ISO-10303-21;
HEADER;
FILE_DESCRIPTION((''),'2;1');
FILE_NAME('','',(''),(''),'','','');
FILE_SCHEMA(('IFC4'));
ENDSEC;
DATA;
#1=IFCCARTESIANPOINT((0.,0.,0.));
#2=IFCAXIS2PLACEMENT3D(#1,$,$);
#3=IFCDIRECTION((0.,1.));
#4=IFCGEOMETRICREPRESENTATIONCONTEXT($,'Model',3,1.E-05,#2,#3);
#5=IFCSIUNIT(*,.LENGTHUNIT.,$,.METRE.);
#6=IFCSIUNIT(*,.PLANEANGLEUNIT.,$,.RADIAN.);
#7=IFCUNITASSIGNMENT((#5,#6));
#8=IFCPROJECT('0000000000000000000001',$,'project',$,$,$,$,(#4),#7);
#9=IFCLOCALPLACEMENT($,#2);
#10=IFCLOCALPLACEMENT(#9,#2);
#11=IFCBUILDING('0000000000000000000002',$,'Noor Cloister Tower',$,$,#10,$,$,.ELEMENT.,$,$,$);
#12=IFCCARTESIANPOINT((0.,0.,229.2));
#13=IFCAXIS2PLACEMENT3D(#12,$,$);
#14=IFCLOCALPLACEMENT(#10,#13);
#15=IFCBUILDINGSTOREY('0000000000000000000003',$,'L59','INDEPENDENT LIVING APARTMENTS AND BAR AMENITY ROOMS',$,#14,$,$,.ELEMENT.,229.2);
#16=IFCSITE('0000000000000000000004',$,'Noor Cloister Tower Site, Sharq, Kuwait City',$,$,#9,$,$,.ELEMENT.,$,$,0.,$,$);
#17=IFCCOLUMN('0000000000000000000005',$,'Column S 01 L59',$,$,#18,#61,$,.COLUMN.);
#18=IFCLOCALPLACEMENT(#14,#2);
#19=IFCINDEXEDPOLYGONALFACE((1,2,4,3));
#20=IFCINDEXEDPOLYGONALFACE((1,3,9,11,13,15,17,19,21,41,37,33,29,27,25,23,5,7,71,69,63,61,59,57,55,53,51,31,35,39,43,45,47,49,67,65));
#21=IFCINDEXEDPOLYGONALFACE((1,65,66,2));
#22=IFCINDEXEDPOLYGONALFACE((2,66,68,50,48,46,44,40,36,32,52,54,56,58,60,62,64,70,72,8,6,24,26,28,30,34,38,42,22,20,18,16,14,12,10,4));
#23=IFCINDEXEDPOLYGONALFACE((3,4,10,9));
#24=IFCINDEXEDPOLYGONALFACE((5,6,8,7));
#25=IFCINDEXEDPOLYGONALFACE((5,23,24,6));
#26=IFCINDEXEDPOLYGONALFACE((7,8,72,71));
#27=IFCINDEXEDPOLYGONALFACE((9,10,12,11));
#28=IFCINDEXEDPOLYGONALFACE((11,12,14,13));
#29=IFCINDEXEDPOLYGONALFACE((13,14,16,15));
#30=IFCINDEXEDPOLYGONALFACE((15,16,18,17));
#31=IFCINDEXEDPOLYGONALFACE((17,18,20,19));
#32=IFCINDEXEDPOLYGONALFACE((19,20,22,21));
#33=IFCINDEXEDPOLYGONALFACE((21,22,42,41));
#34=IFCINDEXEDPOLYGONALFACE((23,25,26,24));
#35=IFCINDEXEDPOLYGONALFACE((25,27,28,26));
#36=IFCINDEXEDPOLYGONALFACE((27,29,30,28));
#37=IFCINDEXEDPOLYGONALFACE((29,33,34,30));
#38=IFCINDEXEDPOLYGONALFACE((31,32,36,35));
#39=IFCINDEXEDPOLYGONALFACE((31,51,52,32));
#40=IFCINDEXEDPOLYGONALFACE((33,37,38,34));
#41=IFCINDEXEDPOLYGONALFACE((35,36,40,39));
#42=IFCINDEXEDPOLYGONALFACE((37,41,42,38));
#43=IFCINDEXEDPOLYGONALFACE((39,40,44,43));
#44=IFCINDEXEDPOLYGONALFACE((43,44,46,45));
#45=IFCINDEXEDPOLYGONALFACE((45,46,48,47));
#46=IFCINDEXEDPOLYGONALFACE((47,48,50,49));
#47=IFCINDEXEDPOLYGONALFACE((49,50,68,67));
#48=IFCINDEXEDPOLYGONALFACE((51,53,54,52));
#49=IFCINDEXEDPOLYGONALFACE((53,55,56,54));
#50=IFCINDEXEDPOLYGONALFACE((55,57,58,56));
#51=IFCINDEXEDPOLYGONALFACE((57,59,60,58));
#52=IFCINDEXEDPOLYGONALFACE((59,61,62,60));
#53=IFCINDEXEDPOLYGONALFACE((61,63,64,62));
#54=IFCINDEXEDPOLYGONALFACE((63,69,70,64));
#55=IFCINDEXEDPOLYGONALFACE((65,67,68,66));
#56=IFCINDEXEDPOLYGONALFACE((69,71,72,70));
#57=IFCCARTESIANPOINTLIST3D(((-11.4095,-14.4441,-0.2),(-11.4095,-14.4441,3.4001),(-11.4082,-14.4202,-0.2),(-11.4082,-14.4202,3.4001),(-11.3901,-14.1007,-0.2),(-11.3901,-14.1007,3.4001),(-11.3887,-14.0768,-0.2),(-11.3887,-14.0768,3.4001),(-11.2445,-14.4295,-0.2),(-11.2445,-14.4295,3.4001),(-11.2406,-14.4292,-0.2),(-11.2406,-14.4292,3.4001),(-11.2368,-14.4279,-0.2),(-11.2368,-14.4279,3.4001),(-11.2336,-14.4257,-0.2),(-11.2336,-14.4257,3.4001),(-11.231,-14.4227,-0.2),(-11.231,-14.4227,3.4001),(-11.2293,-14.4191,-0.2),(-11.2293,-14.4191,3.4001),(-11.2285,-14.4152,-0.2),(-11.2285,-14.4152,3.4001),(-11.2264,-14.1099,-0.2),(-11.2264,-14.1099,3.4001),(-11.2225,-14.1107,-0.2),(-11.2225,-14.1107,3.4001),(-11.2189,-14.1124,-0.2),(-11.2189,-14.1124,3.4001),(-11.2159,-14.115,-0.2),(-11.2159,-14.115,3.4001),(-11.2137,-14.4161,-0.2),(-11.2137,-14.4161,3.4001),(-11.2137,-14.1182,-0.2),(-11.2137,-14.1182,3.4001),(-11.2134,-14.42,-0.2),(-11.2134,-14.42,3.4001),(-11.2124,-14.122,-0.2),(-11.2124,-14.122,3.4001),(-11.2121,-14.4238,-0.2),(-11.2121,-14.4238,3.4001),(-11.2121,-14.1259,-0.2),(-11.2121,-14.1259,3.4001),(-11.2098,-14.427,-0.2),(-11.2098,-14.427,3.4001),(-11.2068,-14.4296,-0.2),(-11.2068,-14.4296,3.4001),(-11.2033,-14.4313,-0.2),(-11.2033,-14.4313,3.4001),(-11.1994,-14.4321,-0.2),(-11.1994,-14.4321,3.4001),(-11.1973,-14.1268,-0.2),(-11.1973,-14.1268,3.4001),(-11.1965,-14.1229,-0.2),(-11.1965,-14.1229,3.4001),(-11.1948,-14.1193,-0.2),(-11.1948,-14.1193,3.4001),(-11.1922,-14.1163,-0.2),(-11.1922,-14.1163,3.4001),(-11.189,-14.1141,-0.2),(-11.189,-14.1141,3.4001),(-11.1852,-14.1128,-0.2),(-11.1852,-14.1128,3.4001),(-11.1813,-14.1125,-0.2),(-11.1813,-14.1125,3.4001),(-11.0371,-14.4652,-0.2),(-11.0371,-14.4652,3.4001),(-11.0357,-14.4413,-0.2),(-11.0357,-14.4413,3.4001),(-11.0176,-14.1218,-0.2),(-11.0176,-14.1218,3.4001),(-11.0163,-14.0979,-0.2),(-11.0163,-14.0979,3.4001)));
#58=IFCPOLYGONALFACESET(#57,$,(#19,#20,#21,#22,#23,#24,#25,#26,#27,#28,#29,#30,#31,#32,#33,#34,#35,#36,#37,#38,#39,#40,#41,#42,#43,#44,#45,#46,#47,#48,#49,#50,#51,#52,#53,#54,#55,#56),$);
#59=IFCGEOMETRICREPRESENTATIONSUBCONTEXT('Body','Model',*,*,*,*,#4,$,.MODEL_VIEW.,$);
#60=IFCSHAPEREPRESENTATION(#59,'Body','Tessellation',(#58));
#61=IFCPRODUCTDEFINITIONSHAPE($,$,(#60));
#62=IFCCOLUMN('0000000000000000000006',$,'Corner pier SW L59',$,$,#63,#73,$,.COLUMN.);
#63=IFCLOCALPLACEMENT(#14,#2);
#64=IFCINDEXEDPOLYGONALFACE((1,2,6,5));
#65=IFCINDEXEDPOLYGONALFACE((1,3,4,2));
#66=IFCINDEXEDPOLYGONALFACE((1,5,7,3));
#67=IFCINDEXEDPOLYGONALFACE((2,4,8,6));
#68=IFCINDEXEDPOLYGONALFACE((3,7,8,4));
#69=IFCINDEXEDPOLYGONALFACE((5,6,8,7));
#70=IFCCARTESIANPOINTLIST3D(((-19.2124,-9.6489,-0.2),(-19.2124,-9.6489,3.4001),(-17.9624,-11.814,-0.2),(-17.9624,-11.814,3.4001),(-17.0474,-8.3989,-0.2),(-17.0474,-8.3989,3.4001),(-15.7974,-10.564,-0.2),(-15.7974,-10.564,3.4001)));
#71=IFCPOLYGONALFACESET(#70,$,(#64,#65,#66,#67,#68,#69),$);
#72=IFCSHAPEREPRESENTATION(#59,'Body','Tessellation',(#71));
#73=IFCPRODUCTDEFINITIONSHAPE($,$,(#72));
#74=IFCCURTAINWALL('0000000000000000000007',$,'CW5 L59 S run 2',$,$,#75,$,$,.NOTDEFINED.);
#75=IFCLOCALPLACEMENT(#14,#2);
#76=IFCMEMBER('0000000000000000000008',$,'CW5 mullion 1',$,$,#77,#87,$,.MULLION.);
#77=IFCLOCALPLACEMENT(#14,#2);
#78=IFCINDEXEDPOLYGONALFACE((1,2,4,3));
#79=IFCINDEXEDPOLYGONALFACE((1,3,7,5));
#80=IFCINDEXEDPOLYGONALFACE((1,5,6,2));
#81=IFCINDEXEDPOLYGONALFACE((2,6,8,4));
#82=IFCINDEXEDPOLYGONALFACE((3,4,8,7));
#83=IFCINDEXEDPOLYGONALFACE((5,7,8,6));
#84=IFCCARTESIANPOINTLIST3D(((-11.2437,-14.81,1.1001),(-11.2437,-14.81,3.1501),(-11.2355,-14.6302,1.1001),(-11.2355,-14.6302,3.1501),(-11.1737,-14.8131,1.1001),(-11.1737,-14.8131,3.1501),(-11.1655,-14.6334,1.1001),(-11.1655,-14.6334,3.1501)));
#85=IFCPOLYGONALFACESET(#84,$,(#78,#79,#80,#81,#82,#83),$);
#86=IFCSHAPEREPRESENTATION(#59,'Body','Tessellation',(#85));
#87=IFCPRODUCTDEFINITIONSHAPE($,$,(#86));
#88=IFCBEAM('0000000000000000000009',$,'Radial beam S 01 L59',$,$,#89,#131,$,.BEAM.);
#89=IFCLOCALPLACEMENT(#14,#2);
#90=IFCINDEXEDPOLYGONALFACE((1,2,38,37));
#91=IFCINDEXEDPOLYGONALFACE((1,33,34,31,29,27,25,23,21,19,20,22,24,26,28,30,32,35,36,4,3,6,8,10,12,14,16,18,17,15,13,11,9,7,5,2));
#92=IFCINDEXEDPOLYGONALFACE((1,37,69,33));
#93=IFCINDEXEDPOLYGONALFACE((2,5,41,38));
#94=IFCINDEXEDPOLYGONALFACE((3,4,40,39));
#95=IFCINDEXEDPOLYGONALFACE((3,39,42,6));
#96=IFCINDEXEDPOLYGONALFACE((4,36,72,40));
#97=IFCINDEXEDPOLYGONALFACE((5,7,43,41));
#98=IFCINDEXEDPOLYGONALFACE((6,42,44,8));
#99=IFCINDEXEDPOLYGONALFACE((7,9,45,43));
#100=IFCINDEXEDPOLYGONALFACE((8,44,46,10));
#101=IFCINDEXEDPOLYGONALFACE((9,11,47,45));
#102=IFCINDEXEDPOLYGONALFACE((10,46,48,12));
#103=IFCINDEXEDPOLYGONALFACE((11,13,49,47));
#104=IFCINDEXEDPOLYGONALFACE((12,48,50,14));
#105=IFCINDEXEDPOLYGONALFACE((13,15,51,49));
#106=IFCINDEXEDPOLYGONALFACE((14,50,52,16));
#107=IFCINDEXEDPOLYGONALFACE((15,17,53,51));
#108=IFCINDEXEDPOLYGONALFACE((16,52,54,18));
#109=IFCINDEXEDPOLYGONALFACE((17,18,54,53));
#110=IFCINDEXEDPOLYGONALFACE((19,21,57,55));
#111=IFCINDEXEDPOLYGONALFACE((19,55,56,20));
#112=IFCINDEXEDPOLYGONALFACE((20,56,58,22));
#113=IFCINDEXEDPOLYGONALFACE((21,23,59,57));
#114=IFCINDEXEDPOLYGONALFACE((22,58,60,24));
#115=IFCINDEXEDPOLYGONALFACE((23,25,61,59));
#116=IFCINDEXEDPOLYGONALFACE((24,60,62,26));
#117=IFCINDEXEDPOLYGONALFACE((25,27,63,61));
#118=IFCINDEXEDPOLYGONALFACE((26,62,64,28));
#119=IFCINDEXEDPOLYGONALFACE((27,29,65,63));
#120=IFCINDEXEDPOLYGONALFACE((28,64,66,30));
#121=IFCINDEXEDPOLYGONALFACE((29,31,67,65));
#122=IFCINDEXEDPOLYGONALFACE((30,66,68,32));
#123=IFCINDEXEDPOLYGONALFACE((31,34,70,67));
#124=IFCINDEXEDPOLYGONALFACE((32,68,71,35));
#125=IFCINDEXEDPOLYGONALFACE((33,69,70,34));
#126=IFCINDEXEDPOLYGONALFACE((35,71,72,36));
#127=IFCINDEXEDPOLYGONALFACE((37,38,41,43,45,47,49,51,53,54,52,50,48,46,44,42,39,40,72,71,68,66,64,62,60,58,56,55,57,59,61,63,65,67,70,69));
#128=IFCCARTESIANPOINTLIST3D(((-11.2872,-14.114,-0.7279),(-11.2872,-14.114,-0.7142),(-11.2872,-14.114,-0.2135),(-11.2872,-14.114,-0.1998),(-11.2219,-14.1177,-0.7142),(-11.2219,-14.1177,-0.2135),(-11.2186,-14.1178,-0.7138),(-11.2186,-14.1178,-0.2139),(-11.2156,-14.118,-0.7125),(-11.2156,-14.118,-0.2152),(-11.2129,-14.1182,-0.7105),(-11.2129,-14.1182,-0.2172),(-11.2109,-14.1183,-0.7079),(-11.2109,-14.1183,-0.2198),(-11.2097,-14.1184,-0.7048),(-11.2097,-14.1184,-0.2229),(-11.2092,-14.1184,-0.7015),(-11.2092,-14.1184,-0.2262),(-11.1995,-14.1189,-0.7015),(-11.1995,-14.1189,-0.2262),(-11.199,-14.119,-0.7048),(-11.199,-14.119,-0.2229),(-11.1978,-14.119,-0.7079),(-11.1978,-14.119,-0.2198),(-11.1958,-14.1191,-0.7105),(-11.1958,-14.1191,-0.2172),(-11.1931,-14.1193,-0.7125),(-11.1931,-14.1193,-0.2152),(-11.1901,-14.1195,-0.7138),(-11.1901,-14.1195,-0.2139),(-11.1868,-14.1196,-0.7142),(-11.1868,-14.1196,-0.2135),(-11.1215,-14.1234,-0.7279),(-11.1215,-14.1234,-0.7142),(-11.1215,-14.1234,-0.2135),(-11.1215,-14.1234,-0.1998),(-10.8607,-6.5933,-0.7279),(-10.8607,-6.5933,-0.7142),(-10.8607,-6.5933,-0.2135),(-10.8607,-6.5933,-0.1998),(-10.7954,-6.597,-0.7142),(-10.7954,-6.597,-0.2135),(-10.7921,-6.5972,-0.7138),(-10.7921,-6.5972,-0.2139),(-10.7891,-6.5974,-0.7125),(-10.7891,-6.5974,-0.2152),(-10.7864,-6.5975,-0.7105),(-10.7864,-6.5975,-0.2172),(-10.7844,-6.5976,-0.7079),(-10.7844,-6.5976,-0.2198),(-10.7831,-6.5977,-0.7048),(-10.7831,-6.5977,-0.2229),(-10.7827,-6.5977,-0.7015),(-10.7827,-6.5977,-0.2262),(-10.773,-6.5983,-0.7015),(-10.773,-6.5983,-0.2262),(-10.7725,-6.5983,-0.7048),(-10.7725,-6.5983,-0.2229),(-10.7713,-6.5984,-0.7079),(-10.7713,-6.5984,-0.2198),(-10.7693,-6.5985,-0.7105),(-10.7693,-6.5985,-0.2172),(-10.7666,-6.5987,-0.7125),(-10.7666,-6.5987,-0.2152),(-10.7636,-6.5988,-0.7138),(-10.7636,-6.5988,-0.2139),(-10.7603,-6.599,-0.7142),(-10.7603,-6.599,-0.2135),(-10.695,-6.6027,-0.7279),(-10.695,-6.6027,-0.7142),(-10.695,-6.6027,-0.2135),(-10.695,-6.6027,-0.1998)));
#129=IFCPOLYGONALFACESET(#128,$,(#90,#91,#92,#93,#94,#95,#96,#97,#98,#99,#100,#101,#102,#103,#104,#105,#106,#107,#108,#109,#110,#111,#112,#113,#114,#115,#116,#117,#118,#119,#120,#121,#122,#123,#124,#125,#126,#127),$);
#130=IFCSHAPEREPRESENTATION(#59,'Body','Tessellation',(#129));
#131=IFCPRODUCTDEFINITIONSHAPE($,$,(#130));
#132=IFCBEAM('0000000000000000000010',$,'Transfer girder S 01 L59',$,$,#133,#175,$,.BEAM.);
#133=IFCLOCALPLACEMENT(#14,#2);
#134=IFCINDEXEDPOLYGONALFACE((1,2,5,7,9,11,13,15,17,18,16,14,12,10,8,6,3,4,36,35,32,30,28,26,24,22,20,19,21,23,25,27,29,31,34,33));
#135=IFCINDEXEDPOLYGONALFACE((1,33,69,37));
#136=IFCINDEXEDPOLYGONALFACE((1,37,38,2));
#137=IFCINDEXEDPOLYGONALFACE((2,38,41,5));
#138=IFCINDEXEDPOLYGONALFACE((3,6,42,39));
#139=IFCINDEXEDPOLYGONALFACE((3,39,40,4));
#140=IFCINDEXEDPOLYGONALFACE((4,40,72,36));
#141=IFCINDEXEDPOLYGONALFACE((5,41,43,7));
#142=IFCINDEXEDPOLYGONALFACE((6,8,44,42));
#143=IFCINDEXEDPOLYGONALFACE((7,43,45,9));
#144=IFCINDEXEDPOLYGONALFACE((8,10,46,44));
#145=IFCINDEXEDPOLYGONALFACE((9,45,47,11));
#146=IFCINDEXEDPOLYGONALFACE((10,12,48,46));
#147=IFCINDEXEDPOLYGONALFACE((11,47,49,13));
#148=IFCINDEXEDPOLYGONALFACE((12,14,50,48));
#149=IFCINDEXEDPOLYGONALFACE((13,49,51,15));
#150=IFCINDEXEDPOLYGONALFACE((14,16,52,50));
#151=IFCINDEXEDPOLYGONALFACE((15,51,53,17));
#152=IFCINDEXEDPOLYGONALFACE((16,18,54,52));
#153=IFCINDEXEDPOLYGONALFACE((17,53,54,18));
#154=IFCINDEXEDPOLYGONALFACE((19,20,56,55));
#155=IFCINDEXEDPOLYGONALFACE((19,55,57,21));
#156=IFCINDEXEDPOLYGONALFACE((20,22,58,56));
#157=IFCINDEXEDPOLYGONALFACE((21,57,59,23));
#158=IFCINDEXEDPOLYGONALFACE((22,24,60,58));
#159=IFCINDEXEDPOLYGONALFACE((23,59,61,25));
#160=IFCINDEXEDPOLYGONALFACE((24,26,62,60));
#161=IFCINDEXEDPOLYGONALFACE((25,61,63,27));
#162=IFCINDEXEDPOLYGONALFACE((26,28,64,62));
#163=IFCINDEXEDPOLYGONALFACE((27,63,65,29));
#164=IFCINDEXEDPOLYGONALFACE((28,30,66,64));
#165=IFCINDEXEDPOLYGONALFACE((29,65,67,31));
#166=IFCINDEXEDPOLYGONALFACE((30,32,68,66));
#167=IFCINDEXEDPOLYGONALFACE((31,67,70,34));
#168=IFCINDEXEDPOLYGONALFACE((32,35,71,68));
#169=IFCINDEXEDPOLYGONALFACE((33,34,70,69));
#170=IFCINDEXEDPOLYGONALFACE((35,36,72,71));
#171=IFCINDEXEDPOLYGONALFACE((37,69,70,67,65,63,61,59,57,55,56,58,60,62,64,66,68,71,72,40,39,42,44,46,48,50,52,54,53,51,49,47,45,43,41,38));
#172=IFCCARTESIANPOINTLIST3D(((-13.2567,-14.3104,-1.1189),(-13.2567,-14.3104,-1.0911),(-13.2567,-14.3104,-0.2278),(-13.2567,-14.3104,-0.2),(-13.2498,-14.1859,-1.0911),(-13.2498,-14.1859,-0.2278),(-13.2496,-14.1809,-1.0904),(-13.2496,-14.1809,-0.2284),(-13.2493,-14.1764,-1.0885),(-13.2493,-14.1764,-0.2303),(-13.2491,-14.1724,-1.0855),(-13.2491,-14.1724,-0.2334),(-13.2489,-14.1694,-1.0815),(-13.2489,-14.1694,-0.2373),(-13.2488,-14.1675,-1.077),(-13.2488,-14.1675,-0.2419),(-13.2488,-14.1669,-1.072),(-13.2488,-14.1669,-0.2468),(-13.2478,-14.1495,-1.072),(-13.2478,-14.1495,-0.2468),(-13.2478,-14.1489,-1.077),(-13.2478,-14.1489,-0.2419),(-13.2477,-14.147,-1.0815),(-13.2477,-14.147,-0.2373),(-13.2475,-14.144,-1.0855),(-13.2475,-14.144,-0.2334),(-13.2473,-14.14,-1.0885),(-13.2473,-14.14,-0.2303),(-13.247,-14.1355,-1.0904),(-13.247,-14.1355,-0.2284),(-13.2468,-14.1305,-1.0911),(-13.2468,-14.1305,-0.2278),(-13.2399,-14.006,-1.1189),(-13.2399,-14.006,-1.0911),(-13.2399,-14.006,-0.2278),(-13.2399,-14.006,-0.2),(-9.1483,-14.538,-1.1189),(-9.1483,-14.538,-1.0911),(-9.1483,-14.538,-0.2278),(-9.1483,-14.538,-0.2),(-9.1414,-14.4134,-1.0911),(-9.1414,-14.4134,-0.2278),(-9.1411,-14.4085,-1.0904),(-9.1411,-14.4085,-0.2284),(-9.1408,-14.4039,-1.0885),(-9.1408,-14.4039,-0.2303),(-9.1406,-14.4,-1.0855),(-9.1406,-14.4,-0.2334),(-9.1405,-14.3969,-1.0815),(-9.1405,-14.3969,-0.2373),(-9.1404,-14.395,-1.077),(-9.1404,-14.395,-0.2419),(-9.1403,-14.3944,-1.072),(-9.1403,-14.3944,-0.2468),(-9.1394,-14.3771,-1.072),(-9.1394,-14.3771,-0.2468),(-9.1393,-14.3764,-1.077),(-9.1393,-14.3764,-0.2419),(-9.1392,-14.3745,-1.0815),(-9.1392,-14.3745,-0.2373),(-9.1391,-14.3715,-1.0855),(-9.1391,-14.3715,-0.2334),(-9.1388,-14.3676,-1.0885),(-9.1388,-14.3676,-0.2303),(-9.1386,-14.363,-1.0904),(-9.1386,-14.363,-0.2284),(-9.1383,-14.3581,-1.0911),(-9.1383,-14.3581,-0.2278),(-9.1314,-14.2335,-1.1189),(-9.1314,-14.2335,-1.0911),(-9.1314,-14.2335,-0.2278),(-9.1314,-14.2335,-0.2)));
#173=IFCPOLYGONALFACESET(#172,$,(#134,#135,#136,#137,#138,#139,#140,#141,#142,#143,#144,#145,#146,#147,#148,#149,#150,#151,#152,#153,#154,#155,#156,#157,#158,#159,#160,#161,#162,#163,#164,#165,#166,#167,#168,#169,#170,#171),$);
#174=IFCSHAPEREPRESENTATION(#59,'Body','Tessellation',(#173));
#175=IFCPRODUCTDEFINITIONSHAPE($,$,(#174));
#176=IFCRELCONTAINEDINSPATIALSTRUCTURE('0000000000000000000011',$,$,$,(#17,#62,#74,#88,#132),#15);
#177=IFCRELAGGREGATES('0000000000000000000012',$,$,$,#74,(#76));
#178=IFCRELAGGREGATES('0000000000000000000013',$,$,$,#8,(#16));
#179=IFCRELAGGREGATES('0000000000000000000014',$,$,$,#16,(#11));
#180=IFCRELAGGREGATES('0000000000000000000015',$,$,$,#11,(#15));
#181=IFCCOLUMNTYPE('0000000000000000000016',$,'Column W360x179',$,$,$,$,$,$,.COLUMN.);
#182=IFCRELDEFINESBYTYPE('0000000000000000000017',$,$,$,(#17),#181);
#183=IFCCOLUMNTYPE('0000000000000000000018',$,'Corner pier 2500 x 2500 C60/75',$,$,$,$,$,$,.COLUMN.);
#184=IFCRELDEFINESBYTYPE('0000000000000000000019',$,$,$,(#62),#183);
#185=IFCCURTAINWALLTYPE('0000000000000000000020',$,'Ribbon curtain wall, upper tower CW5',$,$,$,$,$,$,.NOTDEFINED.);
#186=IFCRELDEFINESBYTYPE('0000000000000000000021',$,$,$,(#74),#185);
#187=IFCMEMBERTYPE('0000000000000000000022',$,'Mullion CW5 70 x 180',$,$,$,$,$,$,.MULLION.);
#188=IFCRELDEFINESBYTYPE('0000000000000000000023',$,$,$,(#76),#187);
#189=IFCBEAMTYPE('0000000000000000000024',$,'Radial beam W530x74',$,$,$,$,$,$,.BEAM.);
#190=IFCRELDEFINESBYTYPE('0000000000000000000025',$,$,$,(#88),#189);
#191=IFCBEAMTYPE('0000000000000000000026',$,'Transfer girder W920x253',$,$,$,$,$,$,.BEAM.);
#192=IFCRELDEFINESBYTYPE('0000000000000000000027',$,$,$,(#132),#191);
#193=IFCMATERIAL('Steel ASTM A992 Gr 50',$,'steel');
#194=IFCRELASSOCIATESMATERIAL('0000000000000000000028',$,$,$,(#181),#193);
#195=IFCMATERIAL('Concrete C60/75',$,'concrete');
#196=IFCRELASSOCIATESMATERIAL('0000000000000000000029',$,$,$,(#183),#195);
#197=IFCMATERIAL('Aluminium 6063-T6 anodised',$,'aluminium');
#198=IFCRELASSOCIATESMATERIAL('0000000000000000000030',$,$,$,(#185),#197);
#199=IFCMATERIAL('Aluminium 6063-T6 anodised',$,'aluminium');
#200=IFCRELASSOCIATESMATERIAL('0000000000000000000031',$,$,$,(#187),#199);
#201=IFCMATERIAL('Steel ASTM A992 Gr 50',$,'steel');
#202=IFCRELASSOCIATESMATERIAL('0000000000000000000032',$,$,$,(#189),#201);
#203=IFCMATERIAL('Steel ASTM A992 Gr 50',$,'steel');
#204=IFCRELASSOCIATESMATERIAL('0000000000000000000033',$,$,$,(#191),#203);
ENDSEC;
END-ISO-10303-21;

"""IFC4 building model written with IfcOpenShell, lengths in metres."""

from ifc_helpers import new_model, si_unit, direction, frame, origin, origin_2d, place, context, subcontext, project, spatial, rectangle, i_section, extrude, material, material_profile, profile_set, type_object, element, aggregate, save


model = new_model("IFC4")

# Units and contexts
model_context = context("Model", 3, precision=1e-05, world=origin(), true_north=direction((0.0, 1.0)))
body_context = subcontext(model_context, "Body", "Model", "MODEL_VIEW")
ifc_project = project(units=[si_unit("LENGTHUNIT", "METRE"), si_unit("PLANEANGLEUNIT", "RADIAN")], contexts=[model_context])

# Site, building, storey
site_placement = place(None, origin())
site = spatial("IfcSite", under=ifc_project, at=site_placement, Name="Noor Cloister Tower Site, Sharq, Kuwait City", CompositionType="ELEMENT", RefElevation=0.0)
building_placement = place(site_placement, origin())
building = spatial("IfcBuilding", under=site, at=building_placement, Name="Noor Cloister Tower", CompositionType="ELEMENT")
storey_placement = place(building_placement, frame((0.0, 0.0, 229.2)))
storey = spatial("IfcBuildingStorey", under=building, at=storey_placement, Name="L59", Description="INDEPENDENT LIVING APARTMENTS AND BAR AMENITY ROOMS", CompositionType="ELEMENT", Elevation=229.2)

# Columns
ifc_material_1 = material(Name="Steel ASTM A992 Gr 50", Category="steel")
ifc_material_profile_1 = material_profile(ifc_material_1, i_section(OverallWidth=0.373, OverallDepth=0.3679, WebThickness=0.0149, FlangeThickness=0.0239, FilletRadius=0.0151, at=origin_2d()), Name="W360x179")
ifc_profile_set_1 = profile_set([ifc_material_profile_1], Name="Steel ASTM A992 Gr 50")
column_type_1 = type_object("IfcColumnType", Name="Column W360x179", PredefinedType="COLUMN", material=ifc_profile_set_1)
column_1_placement = place(storey_placement, frame((-11.2129, -14.271, -0.2), z_axis=(0.0, 0.0, 1.0), x_axis=(0.998397, -0.056596, 0.0)))
element("IfcColumn", 1, at=column_1_placement, inside=storey, type_object=column_type_1, Name="Column S 01 L59", PredefinedType="COLUMN", context=body_context, shape_type="SweptSolid", body=[
    extrude(i_section(OverallWidth=0.373, OverallDepth=0.3679, WebThickness=0.0149, FlangeThickness=0.0239, FilletRadius=0.0151, at=origin_2d()), origin(), (0.0, 0.0, 1.0), 3.6001),
])
ifc_material_2 = material(Name="Concrete C60/75", Category="concrete")
ifc_material_profile_2 = material_profile(ifc_material_2, rectangle(XDim=2.5, YDim=2.5, at=origin_2d()), Name="RC 2500x2500")
ifc_profile_set_2 = profile_set([ifc_material_profile_2], Name="Concrete C60/75")
column_type_2 = type_object("IfcColumnType", Name="Corner pier 2500 x 2500 C60/75", PredefinedType="COLUMN", material=ifc_profile_set_2)
column_2_placement = place(storey_placement, frame((-17.5049, -10.1064, -0.2), z_axis=(0.0, 0.0, 1.0), x_axis=(-0.866025, -0.5, 0.0)))
element("IfcColumn", 2, at=column_2_placement, inside=storey, type_object=column_type_2, Name="Corner pier SW L59", PredefinedType="COLUMN", context=body_context, shape_type="SweptSolid", body=[
    extrude(rectangle(XDim=2.5, YDim=2.5, at=origin_2d()), origin(), (0.0, 0.0, 1.0), 3.6001),
])

# Curtain wall, member
ifc_material_3 = material(Name="Aluminium 6063-T6 anodised", Category="aluminium")
curtain_wall_type = type_object("IfcCurtainWallType", Name="Ribbon curtain wall, upper tower CW5", PredefinedType="NOTDEFINED", material=ifc_material_3)
curtain_wall_placement = place(storey_placement, origin())
curtain_wall = element("IfcCurtainWall", 3, at=curtain_wall_placement, inside=storey, type_object=curtain_wall_type, Name="CW5 L59 S run 2", PredefinedType="NOTDEFINED")
ifc_material_4 = material(Name="Aluminium 6063-T6 anodised", Category="aluminium")
ifc_material_profile_3 = material_profile(ifc_material_4, rectangle(XDim=0.1799, YDim=0.0701, at=origin_2d()), Name="180 x 70 mullion")
ifc_profile_set_3 = profile_set([ifc_material_profile_3], Name="Aluminium 6063-T6 anodised")
member_type = type_object("IfcMemberType", Name="Mullion CW5 70 x 180", PredefinedType="MULLION", material=ifc_profile_set_3)
member_placement = place(storey_placement, frame((-11.2046, -14.7217, 1.1001), z_axis=(0.0, 0.0, 1.0), x_axis=(0.045286, 0.998974, 0.0)))
member = element("IfcMember", 4, at=member_placement, type_object=member_type, Name="CW5 mullion 1", PredefinedType="MULLION", context=body_context, shape_type="SweptSolid", body=[
    extrude(rectangle(XDim=0.1799, YDim=0.0701, at=origin_2d()), origin(), (0.0, 0.0, 1.0), 2.05),
])

# Beams
ifc_material_5 = material(Name="Steel ASTM A992 Gr 50", Category="steel")
ifc_material_profile_4 = material_profile(ifc_material_5, i_section(OverallWidth=0.166, OverallDepth=0.5281, WebThickness=0.0098, FlangeThickness=0.0137, FilletRadius=0.0127, at=origin_2d()), Name="W530x74")
ifc_profile_set_4 = profile_set([ifc_material_profile_4], Name="Steel ASTM A992 Gr 50")
beam_type_1 = type_object("IfcBeamType", Name="Radial beam W530x74", PredefinedType="BEAM", material=ifc_profile_set_4)
beam_1_placement = place(storey_placement, frame((-11.2043, -14.1187, -0.4639), z_axis=(0.056621, 0.998396, 0.0), x_axis=(-0.998396, 0.056621, 0.0)))
element("IfcBeam", 5, at=beam_1_placement, inside=storey, type_object=beam_type_1, Name="Radial beam S 01 L59", PredefinedType="BEAM", context=body_context, shape_type="SweptSolid", body=[
    extrude(i_section(OverallWidth=0.166, OverallDepth=0.5281, WebThickness=0.0098, FlangeThickness=0.0137, FilletRadius=0.0127, at=origin_2d()), origin(), (0.0, 0.0, 1.0), 7.5327),
])
ifc_material_6 = material(Name="Steel ASTM A992 Gr 50", Category="steel")
ifc_material_profile_5 = material_profile(ifc_material_6, i_section(OverallWidth=0.3049, OverallDepth=0.9189, WebThickness=0.0173, FlangeThickness=0.0278, FilletRadius=0.019, at=origin_2d()), Name="W920x253")
ifc_profile_set_5 = profile_set([ifc_material_profile_5], Name="Steel ASTM A992 Gr 50")
beam_type_2 = type_object("IfcBeamType", Name="Transfer girder W920x253", PredefinedType="BEAM", material=ifc_profile_set_5)
beam_2_placement = place(storey_placement, frame((-13.2483, -14.1582, -0.6594), z_axis=(0.99847, -0.055299, 0.0), x_axis=(0.055299, 0.99847, 0.0)))
element("IfcBeam", 6, at=beam_2_placement, inside=storey, type_object=beam_type_2, Name="Transfer girder S 01 L59", PredefinedType="BEAM", context=body_context, shape_type="SweptSolid", body=[
    extrude(i_section(OverallWidth=0.3049, OverallDepth=0.9189, WebThickness=0.0173, FlangeThickness=0.0278, FilletRadius=0.019, at=origin_2d()), origin(), (0.0, 0.0, 1.0), 4.1147),
])

aggregate(curtain_wall, [member])

save(model, "model.ifc")
